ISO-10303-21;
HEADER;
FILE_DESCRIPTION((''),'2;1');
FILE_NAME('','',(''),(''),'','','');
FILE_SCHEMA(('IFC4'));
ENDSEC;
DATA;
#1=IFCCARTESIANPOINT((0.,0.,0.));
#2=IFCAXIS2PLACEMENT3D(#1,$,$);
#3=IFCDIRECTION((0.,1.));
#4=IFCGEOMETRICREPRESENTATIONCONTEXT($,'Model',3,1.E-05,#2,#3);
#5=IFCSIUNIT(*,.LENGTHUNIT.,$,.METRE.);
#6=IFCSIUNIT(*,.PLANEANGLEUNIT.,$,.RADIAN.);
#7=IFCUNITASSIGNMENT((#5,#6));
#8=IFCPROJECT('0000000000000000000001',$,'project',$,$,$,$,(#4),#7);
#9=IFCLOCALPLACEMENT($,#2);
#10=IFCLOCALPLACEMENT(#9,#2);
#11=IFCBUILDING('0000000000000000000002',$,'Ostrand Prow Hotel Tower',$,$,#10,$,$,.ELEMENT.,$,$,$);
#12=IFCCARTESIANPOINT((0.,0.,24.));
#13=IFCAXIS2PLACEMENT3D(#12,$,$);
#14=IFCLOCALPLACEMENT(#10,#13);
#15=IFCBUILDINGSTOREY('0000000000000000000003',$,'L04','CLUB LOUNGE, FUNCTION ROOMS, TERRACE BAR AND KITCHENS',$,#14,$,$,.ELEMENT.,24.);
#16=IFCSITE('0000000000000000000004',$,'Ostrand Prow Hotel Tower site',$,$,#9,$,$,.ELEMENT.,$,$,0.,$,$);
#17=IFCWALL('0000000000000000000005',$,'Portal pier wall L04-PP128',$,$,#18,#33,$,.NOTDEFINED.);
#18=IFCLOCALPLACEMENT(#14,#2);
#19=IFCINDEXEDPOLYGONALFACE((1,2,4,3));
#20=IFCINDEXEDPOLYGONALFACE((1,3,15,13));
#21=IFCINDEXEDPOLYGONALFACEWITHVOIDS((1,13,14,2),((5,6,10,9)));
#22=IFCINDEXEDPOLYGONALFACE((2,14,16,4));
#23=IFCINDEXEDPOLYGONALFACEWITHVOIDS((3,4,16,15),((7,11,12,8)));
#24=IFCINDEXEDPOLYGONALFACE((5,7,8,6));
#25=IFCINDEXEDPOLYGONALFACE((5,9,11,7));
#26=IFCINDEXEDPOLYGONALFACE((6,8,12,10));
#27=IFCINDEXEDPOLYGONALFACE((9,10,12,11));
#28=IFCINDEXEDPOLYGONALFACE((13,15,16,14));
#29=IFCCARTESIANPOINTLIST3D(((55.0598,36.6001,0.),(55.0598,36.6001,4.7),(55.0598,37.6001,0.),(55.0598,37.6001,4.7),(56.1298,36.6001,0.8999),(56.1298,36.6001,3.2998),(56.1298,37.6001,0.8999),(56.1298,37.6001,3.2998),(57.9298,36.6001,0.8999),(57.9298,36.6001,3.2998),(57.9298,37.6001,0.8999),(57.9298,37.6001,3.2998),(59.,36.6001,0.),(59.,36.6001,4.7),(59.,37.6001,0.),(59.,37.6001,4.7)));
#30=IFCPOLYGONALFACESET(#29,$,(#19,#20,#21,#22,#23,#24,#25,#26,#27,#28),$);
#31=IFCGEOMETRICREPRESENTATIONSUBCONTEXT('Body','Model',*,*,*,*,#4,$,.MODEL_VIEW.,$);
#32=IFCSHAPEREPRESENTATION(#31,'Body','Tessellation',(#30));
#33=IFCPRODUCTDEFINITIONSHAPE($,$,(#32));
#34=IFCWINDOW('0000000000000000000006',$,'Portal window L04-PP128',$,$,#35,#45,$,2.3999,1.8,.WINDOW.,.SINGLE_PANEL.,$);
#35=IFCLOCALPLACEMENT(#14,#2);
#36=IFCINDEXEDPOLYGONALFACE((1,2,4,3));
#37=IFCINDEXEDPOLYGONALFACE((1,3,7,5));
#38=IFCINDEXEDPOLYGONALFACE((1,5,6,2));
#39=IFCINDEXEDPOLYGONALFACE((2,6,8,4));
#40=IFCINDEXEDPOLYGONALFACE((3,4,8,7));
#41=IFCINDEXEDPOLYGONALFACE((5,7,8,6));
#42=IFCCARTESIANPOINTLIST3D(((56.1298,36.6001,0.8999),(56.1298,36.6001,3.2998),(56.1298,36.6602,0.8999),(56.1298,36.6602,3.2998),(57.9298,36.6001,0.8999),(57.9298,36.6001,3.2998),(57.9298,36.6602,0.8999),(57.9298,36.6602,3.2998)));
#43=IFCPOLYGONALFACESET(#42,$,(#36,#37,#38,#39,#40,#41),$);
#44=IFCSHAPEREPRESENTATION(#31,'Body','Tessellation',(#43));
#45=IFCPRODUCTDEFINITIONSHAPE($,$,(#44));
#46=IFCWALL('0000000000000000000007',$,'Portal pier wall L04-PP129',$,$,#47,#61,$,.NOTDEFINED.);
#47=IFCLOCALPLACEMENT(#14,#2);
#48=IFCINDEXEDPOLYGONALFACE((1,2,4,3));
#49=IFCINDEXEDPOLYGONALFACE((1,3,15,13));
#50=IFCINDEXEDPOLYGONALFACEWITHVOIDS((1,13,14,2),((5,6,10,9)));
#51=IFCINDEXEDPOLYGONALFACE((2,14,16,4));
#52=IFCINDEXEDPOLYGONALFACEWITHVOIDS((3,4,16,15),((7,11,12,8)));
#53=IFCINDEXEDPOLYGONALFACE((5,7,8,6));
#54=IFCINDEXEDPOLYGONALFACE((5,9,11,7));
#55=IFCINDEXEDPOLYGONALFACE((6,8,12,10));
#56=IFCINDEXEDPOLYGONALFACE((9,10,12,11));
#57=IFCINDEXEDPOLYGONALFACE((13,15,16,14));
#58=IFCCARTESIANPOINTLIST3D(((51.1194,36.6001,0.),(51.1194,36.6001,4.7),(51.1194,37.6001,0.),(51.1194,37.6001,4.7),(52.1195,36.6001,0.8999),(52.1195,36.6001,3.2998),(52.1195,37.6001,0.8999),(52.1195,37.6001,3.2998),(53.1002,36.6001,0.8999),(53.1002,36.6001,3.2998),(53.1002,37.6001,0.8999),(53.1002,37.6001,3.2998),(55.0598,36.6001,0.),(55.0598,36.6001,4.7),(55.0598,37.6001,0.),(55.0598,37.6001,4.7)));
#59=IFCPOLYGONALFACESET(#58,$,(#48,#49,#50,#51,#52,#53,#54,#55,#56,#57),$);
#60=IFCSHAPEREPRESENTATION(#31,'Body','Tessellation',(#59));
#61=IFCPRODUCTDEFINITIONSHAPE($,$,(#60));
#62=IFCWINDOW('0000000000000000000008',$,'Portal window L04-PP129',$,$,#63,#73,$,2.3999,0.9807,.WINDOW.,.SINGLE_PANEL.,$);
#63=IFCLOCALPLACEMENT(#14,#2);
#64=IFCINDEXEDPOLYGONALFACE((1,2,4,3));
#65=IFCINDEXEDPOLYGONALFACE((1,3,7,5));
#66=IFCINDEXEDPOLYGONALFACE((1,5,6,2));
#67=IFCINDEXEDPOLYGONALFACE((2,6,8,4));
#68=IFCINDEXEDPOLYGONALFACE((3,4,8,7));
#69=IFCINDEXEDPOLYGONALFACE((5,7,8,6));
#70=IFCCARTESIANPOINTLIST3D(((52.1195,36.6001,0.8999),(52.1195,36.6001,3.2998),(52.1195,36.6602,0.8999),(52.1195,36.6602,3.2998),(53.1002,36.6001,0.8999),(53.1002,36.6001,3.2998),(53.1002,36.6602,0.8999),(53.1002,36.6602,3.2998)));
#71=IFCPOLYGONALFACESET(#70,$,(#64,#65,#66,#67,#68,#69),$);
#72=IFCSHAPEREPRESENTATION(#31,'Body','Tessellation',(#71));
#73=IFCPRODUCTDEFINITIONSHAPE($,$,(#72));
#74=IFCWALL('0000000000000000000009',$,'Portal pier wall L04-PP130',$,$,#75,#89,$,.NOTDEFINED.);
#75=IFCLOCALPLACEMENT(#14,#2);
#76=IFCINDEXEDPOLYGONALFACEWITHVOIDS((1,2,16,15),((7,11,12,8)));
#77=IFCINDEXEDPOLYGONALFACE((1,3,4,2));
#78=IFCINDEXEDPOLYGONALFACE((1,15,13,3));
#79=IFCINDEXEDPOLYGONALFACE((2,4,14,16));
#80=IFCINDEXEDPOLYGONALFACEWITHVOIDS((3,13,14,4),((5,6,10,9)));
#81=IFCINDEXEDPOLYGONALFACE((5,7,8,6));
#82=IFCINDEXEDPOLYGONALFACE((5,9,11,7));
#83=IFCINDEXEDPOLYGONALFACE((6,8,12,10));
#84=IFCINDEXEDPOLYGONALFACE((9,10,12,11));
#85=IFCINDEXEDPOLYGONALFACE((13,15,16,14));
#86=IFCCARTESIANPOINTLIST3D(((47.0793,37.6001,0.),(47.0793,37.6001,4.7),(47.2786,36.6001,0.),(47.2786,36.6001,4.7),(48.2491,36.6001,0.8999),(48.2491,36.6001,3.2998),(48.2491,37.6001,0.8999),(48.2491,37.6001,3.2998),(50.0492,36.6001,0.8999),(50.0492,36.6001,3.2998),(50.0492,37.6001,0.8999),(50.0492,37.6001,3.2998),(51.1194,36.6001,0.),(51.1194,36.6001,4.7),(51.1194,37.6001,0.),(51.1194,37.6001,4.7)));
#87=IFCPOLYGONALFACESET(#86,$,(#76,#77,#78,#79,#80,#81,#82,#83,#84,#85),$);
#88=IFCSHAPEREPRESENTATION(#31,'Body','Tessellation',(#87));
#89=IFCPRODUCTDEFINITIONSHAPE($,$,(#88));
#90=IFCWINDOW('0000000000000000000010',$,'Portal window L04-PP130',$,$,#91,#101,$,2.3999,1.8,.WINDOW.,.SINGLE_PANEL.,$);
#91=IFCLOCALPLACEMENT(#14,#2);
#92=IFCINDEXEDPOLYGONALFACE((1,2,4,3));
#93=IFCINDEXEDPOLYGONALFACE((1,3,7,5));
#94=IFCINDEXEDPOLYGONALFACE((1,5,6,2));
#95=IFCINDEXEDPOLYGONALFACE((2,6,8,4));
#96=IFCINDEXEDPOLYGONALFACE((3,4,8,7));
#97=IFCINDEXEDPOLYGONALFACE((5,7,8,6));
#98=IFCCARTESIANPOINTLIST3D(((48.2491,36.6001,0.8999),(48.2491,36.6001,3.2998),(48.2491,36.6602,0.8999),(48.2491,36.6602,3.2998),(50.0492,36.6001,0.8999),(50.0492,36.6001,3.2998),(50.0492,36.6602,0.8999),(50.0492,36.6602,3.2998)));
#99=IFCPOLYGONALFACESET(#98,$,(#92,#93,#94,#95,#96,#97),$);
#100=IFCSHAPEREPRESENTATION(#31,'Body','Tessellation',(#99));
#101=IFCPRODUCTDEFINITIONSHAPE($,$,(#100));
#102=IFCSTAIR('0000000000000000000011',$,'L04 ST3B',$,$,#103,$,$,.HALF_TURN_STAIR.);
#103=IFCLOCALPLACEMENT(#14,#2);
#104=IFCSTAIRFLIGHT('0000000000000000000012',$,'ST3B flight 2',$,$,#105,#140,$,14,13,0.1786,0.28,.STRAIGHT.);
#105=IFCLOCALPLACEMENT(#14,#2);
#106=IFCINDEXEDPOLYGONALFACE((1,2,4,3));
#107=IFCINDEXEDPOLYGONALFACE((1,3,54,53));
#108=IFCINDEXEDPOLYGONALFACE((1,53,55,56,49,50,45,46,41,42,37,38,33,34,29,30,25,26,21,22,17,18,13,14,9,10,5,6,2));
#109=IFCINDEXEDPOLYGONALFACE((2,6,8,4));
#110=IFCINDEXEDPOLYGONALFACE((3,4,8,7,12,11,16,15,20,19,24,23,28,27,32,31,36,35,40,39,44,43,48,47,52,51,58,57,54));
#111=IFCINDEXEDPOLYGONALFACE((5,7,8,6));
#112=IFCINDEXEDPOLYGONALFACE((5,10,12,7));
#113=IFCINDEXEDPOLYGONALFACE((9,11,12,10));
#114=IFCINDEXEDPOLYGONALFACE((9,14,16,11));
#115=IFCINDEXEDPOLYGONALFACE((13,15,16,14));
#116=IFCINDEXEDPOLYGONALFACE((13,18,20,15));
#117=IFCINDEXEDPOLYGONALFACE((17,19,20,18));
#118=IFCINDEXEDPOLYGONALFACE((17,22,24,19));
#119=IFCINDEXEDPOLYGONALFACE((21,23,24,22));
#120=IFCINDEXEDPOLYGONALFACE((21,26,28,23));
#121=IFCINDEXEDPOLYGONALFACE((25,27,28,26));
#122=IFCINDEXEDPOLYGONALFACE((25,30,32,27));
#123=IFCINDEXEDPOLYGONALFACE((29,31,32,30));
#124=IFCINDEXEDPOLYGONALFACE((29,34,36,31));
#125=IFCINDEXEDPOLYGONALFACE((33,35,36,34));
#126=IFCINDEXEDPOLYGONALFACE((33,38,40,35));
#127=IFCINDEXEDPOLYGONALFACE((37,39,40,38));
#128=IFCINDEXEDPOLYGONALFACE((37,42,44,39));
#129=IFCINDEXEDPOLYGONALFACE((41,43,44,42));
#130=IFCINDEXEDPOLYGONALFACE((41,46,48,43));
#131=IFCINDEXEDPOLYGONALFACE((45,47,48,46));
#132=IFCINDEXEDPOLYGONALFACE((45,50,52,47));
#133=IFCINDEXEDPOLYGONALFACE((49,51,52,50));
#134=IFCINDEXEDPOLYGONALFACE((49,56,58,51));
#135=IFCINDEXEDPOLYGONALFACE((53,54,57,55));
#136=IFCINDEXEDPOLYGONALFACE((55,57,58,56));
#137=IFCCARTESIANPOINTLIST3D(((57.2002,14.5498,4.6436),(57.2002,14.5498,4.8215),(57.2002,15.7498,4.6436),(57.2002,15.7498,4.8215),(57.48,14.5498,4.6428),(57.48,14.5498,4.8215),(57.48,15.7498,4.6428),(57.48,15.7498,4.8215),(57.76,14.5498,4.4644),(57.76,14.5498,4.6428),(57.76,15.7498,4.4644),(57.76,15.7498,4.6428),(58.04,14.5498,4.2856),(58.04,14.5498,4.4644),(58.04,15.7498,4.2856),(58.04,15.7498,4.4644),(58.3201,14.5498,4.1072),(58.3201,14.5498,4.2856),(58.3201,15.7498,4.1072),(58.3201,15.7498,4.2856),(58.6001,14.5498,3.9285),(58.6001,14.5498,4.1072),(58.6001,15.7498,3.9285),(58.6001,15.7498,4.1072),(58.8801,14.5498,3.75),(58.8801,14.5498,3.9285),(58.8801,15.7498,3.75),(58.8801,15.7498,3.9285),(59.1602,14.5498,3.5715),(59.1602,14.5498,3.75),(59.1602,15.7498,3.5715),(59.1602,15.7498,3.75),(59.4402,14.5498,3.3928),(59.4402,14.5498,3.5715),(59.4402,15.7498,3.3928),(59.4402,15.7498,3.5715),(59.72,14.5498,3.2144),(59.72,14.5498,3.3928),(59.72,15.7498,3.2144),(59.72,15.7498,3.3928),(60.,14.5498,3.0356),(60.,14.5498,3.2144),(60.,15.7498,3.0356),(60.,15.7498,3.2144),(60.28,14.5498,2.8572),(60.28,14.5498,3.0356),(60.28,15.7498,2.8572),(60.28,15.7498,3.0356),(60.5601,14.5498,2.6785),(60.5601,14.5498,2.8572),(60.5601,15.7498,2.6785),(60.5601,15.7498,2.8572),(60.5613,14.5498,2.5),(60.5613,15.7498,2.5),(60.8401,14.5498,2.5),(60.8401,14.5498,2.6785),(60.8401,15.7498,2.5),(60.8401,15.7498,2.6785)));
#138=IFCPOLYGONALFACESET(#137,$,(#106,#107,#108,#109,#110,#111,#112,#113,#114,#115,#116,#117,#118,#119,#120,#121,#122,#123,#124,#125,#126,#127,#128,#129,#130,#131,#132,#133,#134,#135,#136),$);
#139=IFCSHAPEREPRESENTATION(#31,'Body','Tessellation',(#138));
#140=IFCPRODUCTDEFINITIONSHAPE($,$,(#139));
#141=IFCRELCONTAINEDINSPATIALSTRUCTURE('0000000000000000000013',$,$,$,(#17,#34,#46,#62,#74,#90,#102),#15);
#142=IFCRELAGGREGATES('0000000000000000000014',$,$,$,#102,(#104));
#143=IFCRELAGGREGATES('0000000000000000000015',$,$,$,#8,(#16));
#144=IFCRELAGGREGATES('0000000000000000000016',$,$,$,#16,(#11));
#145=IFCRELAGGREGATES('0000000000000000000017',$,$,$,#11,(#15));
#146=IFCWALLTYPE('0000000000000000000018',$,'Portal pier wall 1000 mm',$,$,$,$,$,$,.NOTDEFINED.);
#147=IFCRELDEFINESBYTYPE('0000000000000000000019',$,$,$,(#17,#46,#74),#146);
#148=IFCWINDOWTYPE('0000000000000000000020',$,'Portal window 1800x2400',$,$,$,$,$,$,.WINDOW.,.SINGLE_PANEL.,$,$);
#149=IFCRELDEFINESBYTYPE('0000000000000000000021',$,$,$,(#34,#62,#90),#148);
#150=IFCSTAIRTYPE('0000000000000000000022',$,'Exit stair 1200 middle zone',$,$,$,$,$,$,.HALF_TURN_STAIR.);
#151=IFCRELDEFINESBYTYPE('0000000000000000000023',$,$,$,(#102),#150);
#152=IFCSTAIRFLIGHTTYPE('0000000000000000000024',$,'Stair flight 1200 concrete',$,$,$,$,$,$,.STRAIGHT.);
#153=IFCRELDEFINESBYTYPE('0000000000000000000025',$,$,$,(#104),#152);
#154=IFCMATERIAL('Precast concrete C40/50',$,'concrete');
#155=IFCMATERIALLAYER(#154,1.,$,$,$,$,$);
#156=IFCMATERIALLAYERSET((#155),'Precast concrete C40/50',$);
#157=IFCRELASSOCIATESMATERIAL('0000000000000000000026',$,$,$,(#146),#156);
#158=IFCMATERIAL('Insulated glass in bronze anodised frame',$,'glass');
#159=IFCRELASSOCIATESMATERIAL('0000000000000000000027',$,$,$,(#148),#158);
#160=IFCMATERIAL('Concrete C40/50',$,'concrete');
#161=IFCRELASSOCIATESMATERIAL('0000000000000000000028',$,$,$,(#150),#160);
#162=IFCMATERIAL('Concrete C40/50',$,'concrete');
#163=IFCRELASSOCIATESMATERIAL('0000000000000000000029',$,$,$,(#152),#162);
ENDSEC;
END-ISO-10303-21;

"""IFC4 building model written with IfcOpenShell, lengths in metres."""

from ifc_helpers import new_model, si_unit, direction, frame, frame_2d, origin, place, context, subcontext, project, spatial, polyline, rectangle, outline, extrude, material, layer, layer_set, type_object, element, fill, aggregate, save


model = new_model("IFC4")

# Units and contexts
model_context = context("Model", 3, precision=1e-05, world=origin(), true_north=direction((0.0, 1.0)))
body_context = subcontext(model_context, "Body", "Model", "MODEL_VIEW")
ifc_project = project(units=[si_unit("LENGTHUNIT", "METRE"), si_unit("PLANEANGLEUNIT", "RADIAN")], contexts=[model_context])

# Site, building, storey
site_placement = place(None, origin())
site = spatial("IfcSite", under=ifc_project, at=site_placement, Name="Ostrand Prow Hotel Tower site", CompositionType="ELEMENT", RefElevation=0.0)
building_placement = place(site_placement, origin())
building = spatial("IfcBuilding", under=site, at=building_placement, Name="Ostrand Prow Hotel Tower", CompositionType="ELEMENT")
storey_placement = place(building_placement, frame((0.0, 0.0, 24.0)))
storey = spatial("IfcBuildingStorey", under=building, at=storey_placement, Name="L04", Description="CLUB LOUNGE, FUNCTION ROOMS, TERRACE BAR AND KITCHENS", CompositionType="ELEMENT", Elevation=24.0)

# Shared definitions
ifc_material_1 = material(Name="Precast concrete C40/50", Category="concrete")
ifc_layer_1 = layer(ifc_material_1, 1.0)
ifc_layer_set_1 = layer_set([ifc_layer_1], Name="Precast concrete C40/50")
wall_type_1 = type_object("IfcWallType", Name="Portal pier wall 1000 mm", PredefinedType="NOTDEFINED", material=ifc_layer_set_1)

# Walls, openings, windows
wall_1_placement = place(storey_placement, frame((59.0, 37.1001, 0.0), z_axis=(0.0, 0.0, 1.0), x_axis=(-1.0, 0.0, 0.0)))
wall_1 = element("IfcWall", 1, at=wall_1_placement, inside=storey, type_object=wall_type_1, Name="Portal pier wall L04-PP128", PredefinedType="NOTDEFINED", context=body_context, shape_type="SweptSolid", body=[
    extrude(outline(polyline([(0.0, -0.5), (3.9402, -0.5), (3.9402, 0.5), (0.0, 0.5), (0.0, -0.5)])), origin(), (0.0, 0.0, 1.0), 4.7),
])
opening_1_placement = place(wall_1_placement, frame((1.0703, 0.0, 0.8999)))
opening_1 = element("IfcOpeningElement", 2, at=opening_1_placement, cuts=wall_1, PredefinedType="OPENING", context=body_context, shape_type="SweptSolid", body=[
    extrude(rectangle(XDim=1.8, YDim=2.3999, at=frame_2d((0.8999, 1.2))), frame((0.0, 0.51, 0.0), z_axis=(0.0, -1.0, 0.0), x_axis=(1.0, 0.0, 0.0)), (0.0, 0.0, 1.0), 1.02),
])
ifc_material_2 = material(Name="Insulated glass in bronze anodised frame", Category="glass")
window_type = type_object("IfcWindowType", Name="Portal window 1800x2400", PartitioningType="SINGLE_PANEL", PredefinedType="WINDOW", material=ifc_material_2)
window_1_placement = place(opening_1_placement, origin())
window_1 = element("IfcWindow", 3, at=window_1_placement, inside=storey, type_object=window_type, Name="Portal window L04-PP128", OverallHeight=2.3999, OverallWidth=1.8, PartitioningType="SINGLE_PANEL", PredefinedType="WINDOW", context=body_context, shape_type="SweptSolid", body=[
    extrude(rectangle(XDim=1.8, YDim=2.3999, at=frame_2d((0.8999, 1.2))), frame((0.0, 0.5, 0.0), z_axis=(0.0, -1.0, 0.0), x_axis=(1.0, 0.0, 0.0)), (0.0, 0.0, 1.0), 0.0601),
])
fill(opening_1, window_1)
wall_2_placement = place(storey_placement, frame((55.0598, 37.1001, 0.0), z_axis=(0.0, 0.0, 1.0), x_axis=(-1.0, 0.0, 0.0)))
wall_2 = element("IfcWall", 4, at=wall_2_placement, inside=storey, type_object=wall_type_1, Name="Portal pier wall L04-PP129", PredefinedType="NOTDEFINED", context=body_context, shape_type="SweptSolid", body=[
    extrude(outline(polyline([(0.0, -0.5), (3.9404, -0.5), (3.9404, 0.5), (0.0, 0.5), (0.0, -0.5)])), origin(), (0.0, 0.0, 1.0), 4.7),
])
opening_2_placement = place(wall_2_placement, frame((1.9597, 0.0, 0.8999)))
opening_2 = element("IfcOpeningElement", 5, at=opening_2_placement, cuts=wall_2, PredefinedType="OPENING", context=body_context, shape_type="SweptSolid", body=[
    extrude(rectangle(XDim=0.9807, YDim=2.3999, at=frame_2d((0.4902, 1.2))), frame((0.0, 0.51, 0.0), z_axis=(0.0, -1.0, 0.0), x_axis=(1.0, 0.0, 0.0)), (0.0, 0.0, 1.0), 1.02),
])
window_2_placement = place(opening_2_placement, origin())
window_2 = element("IfcWindow", 6, at=window_2_placement, inside=storey, type_object=window_type, Name="Portal window L04-PP129", OverallHeight=2.3999, OverallWidth=0.9807, PartitioningType="SINGLE_PANEL", PredefinedType="WINDOW", context=body_context, shape_type="SweptSolid", body=[
    extrude(rectangle(XDim=0.9807, YDim=2.3999, at=frame_2d((0.4902, 1.2))), frame((0.0, 0.5, 0.0), z_axis=(0.0, -1.0, 0.0), x_axis=(1.0, 0.0, 0.0)), (0.0, 0.0, 1.0), 0.0601),
])
fill(opening_2, window_2)
wall_3_placement = place(storey_placement, frame((51.1194, 37.1001, 0.0), z_axis=(0.0, 0.0, 1.0), x_axis=(-1.0, 0.0, 0.0)))
wall_3 = element("IfcWall", 7, at=wall_3_placement, inside=storey, type_object=wall_type_1, Name="Portal pier wall L04-PP130", PredefinedType="NOTDEFINED", context=body_context, shape_type="SweptSolid", body=[
    extrude(outline(polyline([(0.0, -0.5), (4.04, -0.5), (3.8408, 0.5), (0.0, 0.5), (0.0, -0.5)])), origin(), (0.0, 0.0, 1.0), 4.7),
])
opening_3_placement = place(wall_3_placement, frame((1.0703, 0.0, 0.8999)))
opening_3 = element("IfcOpeningElement", 8, at=opening_3_placement, cuts=wall_3, PredefinedType="OPENING", context=body_context, shape_type="SweptSolid", body=[
    extrude(rectangle(XDim=1.8, YDim=2.3999, at=frame_2d((0.8999, 1.2))), frame((0.0, 0.51, 0.0), z_axis=(0.0, -1.0, 0.0), x_axis=(1.0, 0.0, 0.0)), (0.0, 0.0, 1.0), 1.02),
])
window_3_placement = place(opening_3_placement, origin())
window_3 = element("IfcWindow", 9, at=window_3_placement, inside=storey, type_object=window_type, Name="Portal window L04-PP130", OverallHeight=2.3999, OverallWidth=1.8, PartitioningType="SINGLE_PANEL", PredefinedType="WINDOW", context=body_context, shape_type="SweptSolid", body=[
    extrude(rectangle(XDim=1.8, YDim=2.3999, at=frame_2d((0.8999, 1.2))), frame((0.0, 0.5, 0.0), z_axis=(0.0, -1.0, 0.0), x_axis=(1.0, 0.0, 0.0)), (0.0, 0.0, 1.0), 0.0601),
])
fill(opening_3, window_3)

# Stair, stair flight
ifc_material_3 = material(Name="Concrete C40/50", Category="concrete")
stair_type = type_object("IfcStairType", Name="Exit stair 1200 middle zone", PredefinedType="HALF_TURN_STAIR", material=ifc_material_3)
stair_placement = place(storey_placement, origin())
stair = element("IfcStair", 10, at=stair_placement, inside=storey, type_object=stair_type, Name="L04 ST3B", PredefinedType="HALF_TURN_STAIR")
ifc_material_4 = material(Name="Concrete C40/50", Category="concrete")
stair_flight_type = type_object("IfcStairFlightType", Name="Stair flight 1200 concrete", PredefinedType="STRAIGHT", material=ifc_material_4)
stair_flight_placement = place(storey_placement, frame((60.8401, 15.1499, 2.5), z_axis=(0.0, 0.0, 1.0), x_axis=(-1.0, 0.0, 0.0)))
stair_flight = element("IfcStairFlight", 11, at=stair_flight_placement, type_object=stair_flight_type, Name="ST3B flight 2", NumberOfRisers=14, NumberOfTreads=13, PredefinedType="STRAIGHT", RiserHeight=0.1786, TreadLength=0.28, context=body_context, shape_type="SweptSolid", body=[
    extrude(outline(polyline([(0.0, 0.0), (0.0, 0.1785), (0.28, 0.1785), (0.28, 0.3572), (0.5601, 0.3572), (0.5601, 0.5356), (0.8401, 0.5356), (0.8401, 0.7144), (1.1201, 0.7144), (1.1201, 0.8928), (1.3999, 0.8928), (1.3999, 1.0715), (1.6799, 1.0715), (1.6799, 1.25), (1.96, 1.25), (1.96, 1.4285), (2.24, 1.4285), (2.24, 1.6072), (2.52, 1.6072), (2.52, 1.7856), (2.8, 1.7856), (2.8, 1.9644), (3.0801, 1.9644), (3.0801, 2.1428), (3.3601, 2.1428), (3.3601, 2.3215), (3.6399, 2.3215), (3.6399, 2.5), (3.6399, 2.1436), (0.2788, 0.0), (0.0, 0.0)])), frame((0.0, 0.6001, 0.0), z_axis=(0.0, -1.0, 0.0), x_axis=(1.0, 0.0, 0.0)), (0.0, 0.0, 1.0), 1.2),
])
aggregate(stair, [stair_flight])

save(model, "model.ifc")
